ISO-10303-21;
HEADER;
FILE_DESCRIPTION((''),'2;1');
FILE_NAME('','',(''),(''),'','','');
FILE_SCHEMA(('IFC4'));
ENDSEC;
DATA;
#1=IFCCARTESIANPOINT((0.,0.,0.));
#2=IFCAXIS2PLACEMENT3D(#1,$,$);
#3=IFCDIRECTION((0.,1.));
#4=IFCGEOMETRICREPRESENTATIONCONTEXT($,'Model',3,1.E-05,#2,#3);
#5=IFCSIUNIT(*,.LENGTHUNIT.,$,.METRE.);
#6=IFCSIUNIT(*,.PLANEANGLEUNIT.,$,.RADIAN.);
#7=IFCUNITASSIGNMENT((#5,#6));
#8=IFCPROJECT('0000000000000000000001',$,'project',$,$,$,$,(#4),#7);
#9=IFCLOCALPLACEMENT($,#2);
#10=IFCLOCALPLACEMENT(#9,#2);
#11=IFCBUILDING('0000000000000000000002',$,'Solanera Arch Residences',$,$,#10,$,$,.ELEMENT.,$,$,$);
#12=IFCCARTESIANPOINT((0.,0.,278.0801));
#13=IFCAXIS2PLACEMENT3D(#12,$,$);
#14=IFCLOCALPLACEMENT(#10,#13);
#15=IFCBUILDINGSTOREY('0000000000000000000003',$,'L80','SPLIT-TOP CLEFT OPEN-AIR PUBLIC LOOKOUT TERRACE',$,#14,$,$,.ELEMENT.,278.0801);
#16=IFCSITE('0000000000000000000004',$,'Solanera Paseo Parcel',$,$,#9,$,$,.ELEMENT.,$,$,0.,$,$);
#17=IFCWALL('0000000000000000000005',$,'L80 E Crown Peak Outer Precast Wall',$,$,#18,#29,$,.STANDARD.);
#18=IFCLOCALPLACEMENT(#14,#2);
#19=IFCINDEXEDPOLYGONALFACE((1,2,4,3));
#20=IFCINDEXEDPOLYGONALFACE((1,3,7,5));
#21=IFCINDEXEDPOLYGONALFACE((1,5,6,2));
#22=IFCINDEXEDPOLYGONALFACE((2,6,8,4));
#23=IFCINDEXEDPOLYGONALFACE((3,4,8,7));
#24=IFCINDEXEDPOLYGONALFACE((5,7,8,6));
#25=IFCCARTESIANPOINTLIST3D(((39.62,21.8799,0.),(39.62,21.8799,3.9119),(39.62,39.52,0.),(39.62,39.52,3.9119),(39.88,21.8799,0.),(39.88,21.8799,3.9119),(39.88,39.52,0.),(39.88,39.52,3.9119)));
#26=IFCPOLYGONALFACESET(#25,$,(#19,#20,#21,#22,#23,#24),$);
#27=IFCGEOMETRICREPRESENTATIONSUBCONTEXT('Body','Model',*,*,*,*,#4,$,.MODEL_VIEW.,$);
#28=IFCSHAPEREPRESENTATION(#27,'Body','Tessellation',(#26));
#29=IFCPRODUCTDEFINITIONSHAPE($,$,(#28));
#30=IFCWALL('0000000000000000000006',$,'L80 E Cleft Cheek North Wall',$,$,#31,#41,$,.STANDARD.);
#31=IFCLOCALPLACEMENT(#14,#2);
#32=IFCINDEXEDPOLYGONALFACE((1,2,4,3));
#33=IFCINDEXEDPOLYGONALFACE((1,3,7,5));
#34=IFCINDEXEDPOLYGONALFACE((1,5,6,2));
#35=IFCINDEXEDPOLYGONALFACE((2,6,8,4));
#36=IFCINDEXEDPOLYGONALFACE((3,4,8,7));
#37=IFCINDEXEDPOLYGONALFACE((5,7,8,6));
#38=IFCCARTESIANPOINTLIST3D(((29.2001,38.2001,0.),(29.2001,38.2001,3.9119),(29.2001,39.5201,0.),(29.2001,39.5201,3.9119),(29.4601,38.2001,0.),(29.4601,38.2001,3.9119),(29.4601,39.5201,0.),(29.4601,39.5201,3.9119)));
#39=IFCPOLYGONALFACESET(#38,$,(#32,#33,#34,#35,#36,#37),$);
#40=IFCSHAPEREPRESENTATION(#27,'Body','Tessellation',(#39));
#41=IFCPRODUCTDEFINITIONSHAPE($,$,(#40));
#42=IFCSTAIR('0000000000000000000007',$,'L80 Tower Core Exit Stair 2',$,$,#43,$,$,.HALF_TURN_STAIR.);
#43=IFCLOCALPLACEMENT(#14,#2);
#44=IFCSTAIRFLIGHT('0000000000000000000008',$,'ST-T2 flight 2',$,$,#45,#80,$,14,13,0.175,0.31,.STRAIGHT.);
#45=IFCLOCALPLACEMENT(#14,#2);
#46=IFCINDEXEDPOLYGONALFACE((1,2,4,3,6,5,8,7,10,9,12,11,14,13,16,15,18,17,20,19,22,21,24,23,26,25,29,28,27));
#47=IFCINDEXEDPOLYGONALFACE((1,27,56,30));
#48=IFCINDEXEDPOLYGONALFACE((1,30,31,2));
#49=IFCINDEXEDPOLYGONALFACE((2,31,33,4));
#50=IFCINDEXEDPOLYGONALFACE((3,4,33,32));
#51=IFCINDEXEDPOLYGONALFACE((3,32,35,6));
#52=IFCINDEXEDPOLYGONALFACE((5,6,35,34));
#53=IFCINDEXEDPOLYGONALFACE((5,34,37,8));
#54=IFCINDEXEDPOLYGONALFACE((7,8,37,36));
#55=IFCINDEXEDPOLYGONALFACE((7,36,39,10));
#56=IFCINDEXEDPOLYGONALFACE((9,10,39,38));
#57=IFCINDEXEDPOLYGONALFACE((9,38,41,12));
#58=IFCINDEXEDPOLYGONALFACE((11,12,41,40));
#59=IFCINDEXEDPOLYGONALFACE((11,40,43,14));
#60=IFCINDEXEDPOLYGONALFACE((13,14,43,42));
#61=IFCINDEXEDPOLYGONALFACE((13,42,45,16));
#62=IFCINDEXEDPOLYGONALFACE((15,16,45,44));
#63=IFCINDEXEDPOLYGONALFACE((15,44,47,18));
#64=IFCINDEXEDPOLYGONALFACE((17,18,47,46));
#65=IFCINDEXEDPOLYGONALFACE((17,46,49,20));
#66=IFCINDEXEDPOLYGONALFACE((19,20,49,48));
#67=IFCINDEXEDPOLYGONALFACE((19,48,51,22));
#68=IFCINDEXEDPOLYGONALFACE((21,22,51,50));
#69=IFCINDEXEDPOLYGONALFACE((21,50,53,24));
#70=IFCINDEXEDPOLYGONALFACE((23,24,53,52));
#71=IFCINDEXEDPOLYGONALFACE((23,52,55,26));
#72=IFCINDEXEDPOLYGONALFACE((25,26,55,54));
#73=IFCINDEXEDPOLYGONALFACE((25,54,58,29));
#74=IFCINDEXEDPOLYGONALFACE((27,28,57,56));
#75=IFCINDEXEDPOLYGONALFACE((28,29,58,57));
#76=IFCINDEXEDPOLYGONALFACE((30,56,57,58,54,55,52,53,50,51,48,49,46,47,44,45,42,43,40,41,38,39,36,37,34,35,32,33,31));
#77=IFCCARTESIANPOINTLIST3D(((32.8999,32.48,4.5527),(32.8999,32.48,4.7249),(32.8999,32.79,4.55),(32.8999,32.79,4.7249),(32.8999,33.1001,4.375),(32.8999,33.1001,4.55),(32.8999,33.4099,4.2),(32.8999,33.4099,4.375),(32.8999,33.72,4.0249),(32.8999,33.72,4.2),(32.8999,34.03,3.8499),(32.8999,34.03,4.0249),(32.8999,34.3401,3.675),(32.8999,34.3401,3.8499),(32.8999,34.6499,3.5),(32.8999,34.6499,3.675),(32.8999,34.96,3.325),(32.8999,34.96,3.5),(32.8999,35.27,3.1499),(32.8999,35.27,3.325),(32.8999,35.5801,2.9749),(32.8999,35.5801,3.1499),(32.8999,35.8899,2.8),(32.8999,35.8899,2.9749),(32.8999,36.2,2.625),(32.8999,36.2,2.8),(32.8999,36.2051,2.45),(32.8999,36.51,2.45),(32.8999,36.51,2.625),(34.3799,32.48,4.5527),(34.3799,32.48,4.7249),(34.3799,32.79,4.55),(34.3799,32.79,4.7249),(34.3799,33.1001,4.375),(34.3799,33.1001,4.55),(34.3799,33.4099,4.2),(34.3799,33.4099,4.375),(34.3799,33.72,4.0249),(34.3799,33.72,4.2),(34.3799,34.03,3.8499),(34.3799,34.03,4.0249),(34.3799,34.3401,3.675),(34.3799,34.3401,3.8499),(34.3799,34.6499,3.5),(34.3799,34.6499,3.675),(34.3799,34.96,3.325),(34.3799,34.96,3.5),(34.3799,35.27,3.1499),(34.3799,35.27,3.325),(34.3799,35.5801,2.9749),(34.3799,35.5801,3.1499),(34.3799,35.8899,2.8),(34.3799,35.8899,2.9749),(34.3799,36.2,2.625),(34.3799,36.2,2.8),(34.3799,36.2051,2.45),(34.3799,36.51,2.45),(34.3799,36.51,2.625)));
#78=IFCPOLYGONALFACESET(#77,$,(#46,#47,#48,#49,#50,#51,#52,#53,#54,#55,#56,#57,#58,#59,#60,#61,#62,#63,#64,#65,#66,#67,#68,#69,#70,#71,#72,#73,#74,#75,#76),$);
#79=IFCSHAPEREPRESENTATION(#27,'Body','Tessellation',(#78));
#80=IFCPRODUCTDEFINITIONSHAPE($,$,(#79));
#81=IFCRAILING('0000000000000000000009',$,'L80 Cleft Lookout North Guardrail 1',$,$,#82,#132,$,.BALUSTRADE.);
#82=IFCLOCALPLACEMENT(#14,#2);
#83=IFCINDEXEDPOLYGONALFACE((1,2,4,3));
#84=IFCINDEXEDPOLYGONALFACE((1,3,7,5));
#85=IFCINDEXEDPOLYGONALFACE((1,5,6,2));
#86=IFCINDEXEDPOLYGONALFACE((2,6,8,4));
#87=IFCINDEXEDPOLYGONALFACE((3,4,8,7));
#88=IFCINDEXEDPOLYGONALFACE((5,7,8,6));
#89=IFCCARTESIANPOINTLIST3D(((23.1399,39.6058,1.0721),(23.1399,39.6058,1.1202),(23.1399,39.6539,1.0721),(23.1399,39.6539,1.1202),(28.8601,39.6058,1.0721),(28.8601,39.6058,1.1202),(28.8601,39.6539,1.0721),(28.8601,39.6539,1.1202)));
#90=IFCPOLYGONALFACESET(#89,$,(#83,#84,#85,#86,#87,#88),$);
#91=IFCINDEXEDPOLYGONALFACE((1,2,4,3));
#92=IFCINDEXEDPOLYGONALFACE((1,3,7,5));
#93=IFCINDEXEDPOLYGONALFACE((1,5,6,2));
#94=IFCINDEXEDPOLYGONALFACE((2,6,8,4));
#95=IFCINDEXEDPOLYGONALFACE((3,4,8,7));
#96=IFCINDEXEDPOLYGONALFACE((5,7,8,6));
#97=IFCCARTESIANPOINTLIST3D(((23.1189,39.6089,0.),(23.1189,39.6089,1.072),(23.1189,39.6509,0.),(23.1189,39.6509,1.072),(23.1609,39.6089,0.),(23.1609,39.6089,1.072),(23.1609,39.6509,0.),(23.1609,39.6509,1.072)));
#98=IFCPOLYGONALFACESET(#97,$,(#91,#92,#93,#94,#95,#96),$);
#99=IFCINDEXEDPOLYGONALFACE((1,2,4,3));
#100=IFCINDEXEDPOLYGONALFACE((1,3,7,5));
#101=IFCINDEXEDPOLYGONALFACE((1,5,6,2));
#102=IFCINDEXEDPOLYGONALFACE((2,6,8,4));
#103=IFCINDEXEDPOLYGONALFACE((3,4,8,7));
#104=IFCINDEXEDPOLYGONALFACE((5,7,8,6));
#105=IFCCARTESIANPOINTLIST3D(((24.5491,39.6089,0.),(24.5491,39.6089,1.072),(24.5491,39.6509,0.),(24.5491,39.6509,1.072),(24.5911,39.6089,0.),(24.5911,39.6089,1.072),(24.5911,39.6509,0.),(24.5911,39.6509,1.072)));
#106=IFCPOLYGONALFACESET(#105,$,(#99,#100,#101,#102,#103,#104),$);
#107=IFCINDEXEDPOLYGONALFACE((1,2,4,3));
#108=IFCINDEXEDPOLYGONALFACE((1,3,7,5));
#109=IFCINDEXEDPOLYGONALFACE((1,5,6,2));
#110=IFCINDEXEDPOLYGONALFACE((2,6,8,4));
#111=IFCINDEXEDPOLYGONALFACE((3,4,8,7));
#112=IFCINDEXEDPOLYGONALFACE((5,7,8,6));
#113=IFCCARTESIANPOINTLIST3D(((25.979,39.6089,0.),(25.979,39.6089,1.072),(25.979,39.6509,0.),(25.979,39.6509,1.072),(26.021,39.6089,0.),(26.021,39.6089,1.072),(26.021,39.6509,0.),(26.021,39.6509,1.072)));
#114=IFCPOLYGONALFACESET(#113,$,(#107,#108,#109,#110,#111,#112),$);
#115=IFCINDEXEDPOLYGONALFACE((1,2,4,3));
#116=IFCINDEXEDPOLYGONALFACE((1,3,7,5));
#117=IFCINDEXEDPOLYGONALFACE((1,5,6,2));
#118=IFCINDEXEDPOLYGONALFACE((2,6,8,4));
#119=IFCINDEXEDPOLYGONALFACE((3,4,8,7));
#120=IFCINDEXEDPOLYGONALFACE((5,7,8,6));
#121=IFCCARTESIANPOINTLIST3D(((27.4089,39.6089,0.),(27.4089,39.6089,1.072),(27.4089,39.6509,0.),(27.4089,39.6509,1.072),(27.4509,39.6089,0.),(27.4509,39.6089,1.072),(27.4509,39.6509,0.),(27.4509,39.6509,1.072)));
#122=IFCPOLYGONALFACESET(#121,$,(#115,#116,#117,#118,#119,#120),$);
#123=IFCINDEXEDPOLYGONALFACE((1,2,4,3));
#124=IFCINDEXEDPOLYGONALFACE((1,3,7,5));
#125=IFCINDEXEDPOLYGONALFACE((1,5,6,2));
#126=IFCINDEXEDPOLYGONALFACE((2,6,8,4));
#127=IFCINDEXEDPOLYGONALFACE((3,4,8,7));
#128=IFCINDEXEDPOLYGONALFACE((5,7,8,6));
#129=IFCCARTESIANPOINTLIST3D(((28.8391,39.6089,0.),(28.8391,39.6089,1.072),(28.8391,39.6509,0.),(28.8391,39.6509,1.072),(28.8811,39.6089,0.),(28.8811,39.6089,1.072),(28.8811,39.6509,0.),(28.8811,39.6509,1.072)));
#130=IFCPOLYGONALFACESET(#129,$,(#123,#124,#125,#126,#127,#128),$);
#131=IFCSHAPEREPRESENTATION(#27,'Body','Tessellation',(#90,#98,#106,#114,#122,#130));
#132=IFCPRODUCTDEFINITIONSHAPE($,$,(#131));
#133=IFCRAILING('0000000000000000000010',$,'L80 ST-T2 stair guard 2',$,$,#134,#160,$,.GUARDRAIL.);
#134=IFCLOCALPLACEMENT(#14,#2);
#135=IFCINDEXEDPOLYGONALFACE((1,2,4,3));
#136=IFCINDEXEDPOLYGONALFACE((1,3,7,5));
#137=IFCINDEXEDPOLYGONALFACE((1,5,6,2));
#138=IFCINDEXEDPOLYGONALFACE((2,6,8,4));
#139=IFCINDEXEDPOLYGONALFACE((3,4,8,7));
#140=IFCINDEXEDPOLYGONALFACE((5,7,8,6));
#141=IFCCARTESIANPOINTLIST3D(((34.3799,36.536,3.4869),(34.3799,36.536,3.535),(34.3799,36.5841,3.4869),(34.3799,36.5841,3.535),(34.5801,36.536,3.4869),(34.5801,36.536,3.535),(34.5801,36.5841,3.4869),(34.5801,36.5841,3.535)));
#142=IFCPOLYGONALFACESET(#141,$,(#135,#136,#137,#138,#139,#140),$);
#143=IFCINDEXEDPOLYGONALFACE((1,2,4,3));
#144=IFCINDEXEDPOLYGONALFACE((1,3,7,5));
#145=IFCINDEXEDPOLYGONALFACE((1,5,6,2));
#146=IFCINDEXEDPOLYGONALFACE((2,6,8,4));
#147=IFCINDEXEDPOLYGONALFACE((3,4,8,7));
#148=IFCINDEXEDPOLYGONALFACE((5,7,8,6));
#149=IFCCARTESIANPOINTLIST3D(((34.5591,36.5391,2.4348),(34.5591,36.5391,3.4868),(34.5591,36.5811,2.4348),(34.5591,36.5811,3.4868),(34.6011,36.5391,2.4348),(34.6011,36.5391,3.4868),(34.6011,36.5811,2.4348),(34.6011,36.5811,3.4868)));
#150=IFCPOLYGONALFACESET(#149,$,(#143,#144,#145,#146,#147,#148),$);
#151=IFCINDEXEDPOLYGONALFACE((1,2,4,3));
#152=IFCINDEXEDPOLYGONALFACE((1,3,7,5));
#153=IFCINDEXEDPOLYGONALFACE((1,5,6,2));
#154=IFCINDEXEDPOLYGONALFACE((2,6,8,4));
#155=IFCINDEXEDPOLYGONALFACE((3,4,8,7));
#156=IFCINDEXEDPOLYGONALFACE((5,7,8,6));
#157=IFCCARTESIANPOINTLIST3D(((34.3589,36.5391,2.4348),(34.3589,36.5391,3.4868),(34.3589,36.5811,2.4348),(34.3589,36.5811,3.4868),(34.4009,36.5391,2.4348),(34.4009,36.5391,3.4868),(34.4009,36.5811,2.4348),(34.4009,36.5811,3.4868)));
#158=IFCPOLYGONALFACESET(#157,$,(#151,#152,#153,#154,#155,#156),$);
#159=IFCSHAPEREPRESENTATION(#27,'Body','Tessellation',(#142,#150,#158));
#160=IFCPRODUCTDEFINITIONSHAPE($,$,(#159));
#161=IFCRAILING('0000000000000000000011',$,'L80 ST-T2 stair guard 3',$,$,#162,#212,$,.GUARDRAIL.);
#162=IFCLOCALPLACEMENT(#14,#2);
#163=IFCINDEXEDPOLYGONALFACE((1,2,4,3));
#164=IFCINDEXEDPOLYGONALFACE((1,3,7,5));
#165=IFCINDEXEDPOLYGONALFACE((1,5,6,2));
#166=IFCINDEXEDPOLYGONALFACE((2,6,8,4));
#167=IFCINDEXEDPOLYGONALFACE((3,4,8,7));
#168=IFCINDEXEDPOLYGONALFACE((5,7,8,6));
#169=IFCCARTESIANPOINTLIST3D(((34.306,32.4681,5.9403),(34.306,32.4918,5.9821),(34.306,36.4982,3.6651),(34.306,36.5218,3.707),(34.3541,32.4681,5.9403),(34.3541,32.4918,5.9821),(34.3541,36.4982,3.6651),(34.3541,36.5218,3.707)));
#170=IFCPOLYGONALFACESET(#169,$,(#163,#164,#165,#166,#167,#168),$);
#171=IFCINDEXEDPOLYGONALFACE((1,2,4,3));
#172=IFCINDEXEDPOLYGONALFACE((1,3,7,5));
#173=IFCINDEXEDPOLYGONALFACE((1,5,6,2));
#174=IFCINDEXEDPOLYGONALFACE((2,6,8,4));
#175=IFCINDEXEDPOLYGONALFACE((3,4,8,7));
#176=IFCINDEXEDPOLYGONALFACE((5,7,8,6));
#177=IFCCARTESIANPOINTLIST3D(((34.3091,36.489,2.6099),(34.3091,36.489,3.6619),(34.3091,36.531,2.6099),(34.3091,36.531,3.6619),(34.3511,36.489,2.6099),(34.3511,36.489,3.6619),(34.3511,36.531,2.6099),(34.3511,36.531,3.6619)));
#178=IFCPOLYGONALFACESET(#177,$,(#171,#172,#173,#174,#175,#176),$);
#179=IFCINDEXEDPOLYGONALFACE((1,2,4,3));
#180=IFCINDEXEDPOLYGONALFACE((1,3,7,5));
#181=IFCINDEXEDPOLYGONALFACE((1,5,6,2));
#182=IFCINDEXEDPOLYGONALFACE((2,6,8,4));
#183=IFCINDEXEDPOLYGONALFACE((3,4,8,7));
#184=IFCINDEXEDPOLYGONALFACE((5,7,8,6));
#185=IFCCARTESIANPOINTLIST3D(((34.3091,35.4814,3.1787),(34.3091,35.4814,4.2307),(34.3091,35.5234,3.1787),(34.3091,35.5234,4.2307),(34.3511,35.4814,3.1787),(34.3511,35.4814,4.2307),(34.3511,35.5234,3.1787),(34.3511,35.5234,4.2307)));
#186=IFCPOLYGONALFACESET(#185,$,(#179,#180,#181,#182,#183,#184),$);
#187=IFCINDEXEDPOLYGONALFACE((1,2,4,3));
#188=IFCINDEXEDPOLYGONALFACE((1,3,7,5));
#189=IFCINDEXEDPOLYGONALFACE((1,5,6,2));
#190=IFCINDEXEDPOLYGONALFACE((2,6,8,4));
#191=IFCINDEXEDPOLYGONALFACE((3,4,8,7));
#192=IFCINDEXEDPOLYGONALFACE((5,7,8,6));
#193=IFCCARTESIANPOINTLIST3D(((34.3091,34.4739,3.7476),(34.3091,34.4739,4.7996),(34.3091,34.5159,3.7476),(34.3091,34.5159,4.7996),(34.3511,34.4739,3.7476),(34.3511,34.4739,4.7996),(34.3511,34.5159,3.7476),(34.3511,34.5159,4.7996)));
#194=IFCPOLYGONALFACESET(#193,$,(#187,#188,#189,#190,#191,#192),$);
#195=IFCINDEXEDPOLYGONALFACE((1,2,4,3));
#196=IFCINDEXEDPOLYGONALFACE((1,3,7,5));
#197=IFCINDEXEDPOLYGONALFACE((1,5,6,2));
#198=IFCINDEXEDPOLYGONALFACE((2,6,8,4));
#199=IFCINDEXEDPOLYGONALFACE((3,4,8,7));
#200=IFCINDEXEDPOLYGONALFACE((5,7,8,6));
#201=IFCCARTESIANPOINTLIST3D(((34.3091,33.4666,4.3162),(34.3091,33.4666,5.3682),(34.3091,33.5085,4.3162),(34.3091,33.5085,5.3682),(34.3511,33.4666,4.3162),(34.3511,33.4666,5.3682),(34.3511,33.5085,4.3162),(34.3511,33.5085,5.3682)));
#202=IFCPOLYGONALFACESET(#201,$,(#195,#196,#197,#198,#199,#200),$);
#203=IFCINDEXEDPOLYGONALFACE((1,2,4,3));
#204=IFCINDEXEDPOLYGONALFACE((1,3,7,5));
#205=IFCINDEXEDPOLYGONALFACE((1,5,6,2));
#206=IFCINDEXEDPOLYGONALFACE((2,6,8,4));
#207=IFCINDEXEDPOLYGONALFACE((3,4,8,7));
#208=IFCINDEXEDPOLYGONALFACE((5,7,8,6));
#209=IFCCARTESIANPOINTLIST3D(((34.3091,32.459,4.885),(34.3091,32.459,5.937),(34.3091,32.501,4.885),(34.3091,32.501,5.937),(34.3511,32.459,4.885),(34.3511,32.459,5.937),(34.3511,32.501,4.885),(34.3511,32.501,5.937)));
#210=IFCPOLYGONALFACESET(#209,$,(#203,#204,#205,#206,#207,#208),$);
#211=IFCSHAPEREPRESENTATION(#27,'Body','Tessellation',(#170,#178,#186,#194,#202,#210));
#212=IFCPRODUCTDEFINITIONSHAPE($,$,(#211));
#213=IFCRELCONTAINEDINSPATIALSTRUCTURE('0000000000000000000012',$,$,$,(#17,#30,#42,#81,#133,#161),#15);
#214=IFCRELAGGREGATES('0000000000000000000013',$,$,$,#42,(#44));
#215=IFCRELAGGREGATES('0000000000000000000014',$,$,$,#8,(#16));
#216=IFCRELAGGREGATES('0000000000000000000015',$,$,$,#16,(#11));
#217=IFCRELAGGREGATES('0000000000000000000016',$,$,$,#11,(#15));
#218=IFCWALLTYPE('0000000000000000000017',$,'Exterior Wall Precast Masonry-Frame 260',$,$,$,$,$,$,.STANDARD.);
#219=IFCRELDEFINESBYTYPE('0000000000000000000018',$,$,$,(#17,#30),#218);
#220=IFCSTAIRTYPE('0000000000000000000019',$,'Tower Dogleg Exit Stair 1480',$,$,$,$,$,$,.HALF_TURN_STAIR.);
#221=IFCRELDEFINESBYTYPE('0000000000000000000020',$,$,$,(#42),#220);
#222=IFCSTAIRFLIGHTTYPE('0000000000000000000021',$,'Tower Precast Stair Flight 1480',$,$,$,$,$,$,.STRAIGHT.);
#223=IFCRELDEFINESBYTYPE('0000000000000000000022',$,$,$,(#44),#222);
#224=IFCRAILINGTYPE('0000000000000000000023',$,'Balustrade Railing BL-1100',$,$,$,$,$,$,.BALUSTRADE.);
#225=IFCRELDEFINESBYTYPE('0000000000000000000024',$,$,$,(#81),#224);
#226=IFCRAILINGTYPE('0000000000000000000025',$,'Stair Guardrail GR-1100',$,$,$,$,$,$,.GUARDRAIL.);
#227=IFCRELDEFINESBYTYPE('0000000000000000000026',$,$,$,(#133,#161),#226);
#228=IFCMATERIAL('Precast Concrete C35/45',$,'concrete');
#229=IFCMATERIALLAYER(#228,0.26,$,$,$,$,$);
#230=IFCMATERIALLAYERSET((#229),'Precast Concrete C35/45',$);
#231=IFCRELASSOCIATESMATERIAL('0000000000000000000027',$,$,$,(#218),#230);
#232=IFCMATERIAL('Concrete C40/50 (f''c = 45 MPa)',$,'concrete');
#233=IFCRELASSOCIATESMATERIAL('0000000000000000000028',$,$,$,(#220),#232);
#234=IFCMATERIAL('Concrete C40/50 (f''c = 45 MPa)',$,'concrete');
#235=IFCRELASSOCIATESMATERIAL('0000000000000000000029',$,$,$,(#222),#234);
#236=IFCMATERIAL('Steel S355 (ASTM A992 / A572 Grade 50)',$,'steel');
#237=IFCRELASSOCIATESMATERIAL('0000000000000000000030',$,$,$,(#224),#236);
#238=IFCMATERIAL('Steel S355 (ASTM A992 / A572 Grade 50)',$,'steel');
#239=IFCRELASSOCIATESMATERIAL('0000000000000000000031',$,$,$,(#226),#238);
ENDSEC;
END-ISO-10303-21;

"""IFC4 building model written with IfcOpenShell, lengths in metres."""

from ifc_helpers import new_model, si_unit, direction, frame, frame_2d, origin, origin_2d, place, context, subcontext, project, spatial, polyline, rectangle, outline, extrude, material, layer, layer_set, type_object, element, aggregate, save


model = new_model("IFC4")

# Units and contexts
model_context = context("Model", 3, precision=1e-05, world=origin(), true_north=direction((0.0, 1.0)))
body_context = subcontext(model_context, "Body", "Model", "MODEL_VIEW")
ifc_project = project(units=[si_unit("LENGTHUNIT", "METRE"), si_unit("PLANEANGLEUNIT", "RADIAN")], contexts=[model_context])

# Site, building, storey
site_placement = place(None, origin())
site = spatial("IfcSite", under=ifc_project, at=site_placement, Name="Solanera Paseo Parcel", CompositionType="ELEMENT", RefElevation=0.0)
building_placement = place(site_placement, origin())
building = spatial("IfcBuilding", under=site, at=building_placement, Name="Solanera Arch Residences", CompositionType="ELEMENT")
storey_placement = place(building_placement, frame((0.0, 0.0, 278.0801)))
storey = spatial("IfcBuildingStorey", under=building, at=storey_placement, Name="L80", Description="SPLIT-TOP CLEFT OPEN-AIR PUBLIC LOOKOUT TERRACE", CompositionType="ELEMENT", Elevation=278.0801)

# Walls
ifc_material_1 = material(Name="Precast Concrete C35/45", Category="concrete")
ifc_layer_1 = layer(ifc_material_1, 0.26)
ifc_layer_set_1 = layer_set([ifc_layer_1], Name="Precast Concrete C35/45")
wall_type_1 = type_object("IfcWallType", Name="Exterior Wall Precast Masonry-Frame 260", PredefinedType="STANDARD", material=ifc_layer_set_1)
wall_1_placement = place(storey_placement, frame((39.75, 39.52, 0.0), z_axis=(0.0, 0.0, 1.0), x_axis=(0.0, -1.0, 0.0)))
element("IfcWall", 1, at=wall_1_placement, inside=storey, type_object=wall_type_1, Name="L80 E Crown Peak Outer Precast Wall", PredefinedType="STANDARD", context=body_context, shape_type="SweptSolid", body=[
    extrude(rectangle(XDim=17.6401, YDim=0.26, at=frame_2d((8.8201, 0.0))), origin(), (0.0, 0.0, 1.0), 3.9119),
])
wall_2_placement = place(storey_placement, frame((29.3301, 38.2, 0.0), z_axis=(0.0, 0.0, 1.0), x_axis=(0.0, 1.0, 0.0)))
element("IfcWall", 2, at=wall_2_placement, inside=storey, type_object=wall_type_1, Name="L80 E Cleft Cheek North Wall", PredefinedType="STANDARD", context=body_context, shape_type="SweptSolid", body=[
    extrude(rectangle(XDim=1.3201, YDim=0.26, at=frame_2d((0.6602, 0.0))), origin(), (0.0, 0.0, 1.0), 3.9119),
])

# Stair, stair flight
ifc_material_2 = material(Name="Concrete C40/50 (f'c = 45 MPa)", Category="concrete")
stair_type = type_object("IfcStairType", Name="Tower Dogleg Exit Stair 1480", PredefinedType="HALF_TURN_STAIR", material=ifc_material_2)
stair_placement = place(storey_placement, origin())
stair = element("IfcStair", 3, at=stair_placement, inside=storey, type_object=stair_type, Name="L80 Tower Core Exit Stair 2", PredefinedType="HALF_TURN_STAIR")
ifc_material_3 = material(Name="Concrete C40/50 (f'c = 45 MPa)", Category="concrete")
stair_flight_type = type_object("IfcStairFlightType", Name="Tower Precast Stair Flight 1480", PredefinedType="STRAIGHT", material=ifc_material_3)
stair_flight_placement = place(storey_placement, frame((33.6399, 36.51, 2.45), z_axis=(0.0, 0.0, 1.0), x_axis=(0.0, -1.0, 0.0)))
stair_flight = element("IfcStairFlight", 4, at=stair_flight_placement, type_object=stair_flight_type, Name="ST-T2 flight 2", NumberOfRisers=14, NumberOfTreads=13, PredefinedType="STRAIGHT", RiserHeight=0.175, TreadLength=0.31, context=body_context, shape_type="SweptSolid", body=[
    extrude(outline(polyline([(0.0, 0.0), (0.0, 0.175), (0.3101, 0.175), (0.3101, 0.3501), (0.6201, 0.3501), (0.6201, 0.5249), (0.9299, 0.5249), (0.9299, 0.7), (1.24, 0.7), (1.24, 0.875), (1.55, 0.875), (1.55, 1.05), (1.8601, 1.05), (1.8601, 1.2251), (2.1699, 1.2251), (2.1699, 1.3999), (2.48, 1.3999), (2.48, 1.575), (2.79, 1.575), (2.79, 1.75), (3.1001, 1.75), (3.1001, 1.925), (3.4099, 1.925), (3.4099, 2.1001), (3.72, 2.1001), (3.72, 2.2749), (4.03, 2.2749), (4.03, 2.45), (4.03, 2.1028), (0.3049, 0.0), (0.0, 0.0)])), frame((0.0, 0.74, 0.0), z_axis=(0.0, -1.0, 0.0), x_axis=(1.0, 0.0, 0.0)), (0.0, 0.0, 1.0), 1.48),
])
aggregate(stair, [stair_flight])

# Railings
ifc_material_4 = material(Name="Steel S355 (ASTM A992 / A572 Grade 50)", Category="steel")
railing_type_1 = type_object("IfcRailingType", Name="Balustrade Railing BL-1100", PredefinedType="BALUSTRADE", material=ifc_material_4)
railing_1_placement = place(storey_placement, frame((23.1399, 39.6299, 0.0)))
element("IfcRailing", 5, at=railing_1_placement, inside=storey, type_object=railing_type_1, Name="L80 Cleft Lookout North Guardrail 1", PredefinedType="BALUSTRADE", context=body_context, shape_type="SweptSolid", body=[
    extrude(rectangle(XDim=0.0481, YDim=0.0481, at=origin_2d()), frame((0.0, 0.0, 1.0962), z_axis=(1.0, 0.0, 0.0), x_axis=(0.0, 1.0, 0.0)), (0.0, 0.0, 1.0), 5.7202),
    extrude(rectangle(XDim=0.042, YDim=0.042, at=origin_2d()), origin(), (0.0, 0.0, 1.0), 1.072),
    extrude(rectangle(XDim=0.042, YDim=0.042, at=origin_2d()), frame((1.4302, 0.0, 0.0)), (0.0, 0.0, 1.0), 1.072),
    extrude(rectangle(XDim=0.042, YDim=0.042, at=origin_2d()), frame((2.8601, 0.0, 0.0)), (0.0, 0.0, 1.0), 1.072),
    extrude(rectangle(XDim=0.042, YDim=0.042, at=origin_2d()), frame((4.29, 0.0, 0.0)), (0.0, 0.0, 1.0), 1.072),
    extrude(rectangle(XDim=0.042, YDim=0.042, at=origin_2d()), frame((5.7202, 0.0, 0.0)), (0.0, 0.0, 1.0), 1.072),
])
ifc_material_5 = material(Name="Steel S355 (ASTM A992 / A572 Grade 50)", Category="steel")
railing_type_2 = type_object("IfcRailingType", Name="Stair Guardrail GR-1100", PredefinedType="GUARDRAIL", material=ifc_material_5)
railing_2_placement = place(storey_placement, frame((34.5801, 36.5601, 2.4348)))
element("IfcRailing", 6, at=railing_2_placement, inside=storey, type_object=railing_type_2, Name="L80 ST-T2 stair guard 2", PredefinedType="GUARDRAIL", context=body_context, shape_type="SweptSolid", body=[
    extrude(rectangle(XDim=0.0481, YDim=0.0481, at=origin_2d()), frame((0.0, 0.0, 1.0762), z_axis=(-1.0, 0.0, 0.0), x_axis=(0.0, -1.0, 0.0)), (0.0, 0.0, 1.0), 0.2002),
    extrude(rectangle(XDim=0.042, YDim=0.042, at=origin_2d()), origin(), (0.0, 0.0, 1.0), 1.052),
    extrude(rectangle(XDim=0.042, YDim=0.042, at=origin_2d()), frame((-0.2002, 0.0, 0.0)), (0.0, 0.0, 1.0), 1.052),
])
railing_3_placement = place(storey_placement, frame((34.3301, 36.51, 2.6099)))
element("IfcRailing", 7, at=railing_3_placement, inside=storey, type_object=railing_type_2, Name="L80 ST-T2 stair guard 3", PredefinedType="GUARDRAIL", context=body_context, shape_type="SweptSolid", body=[
    extrude(rectangle(XDim=0.0481, YDim=0.0481, at=origin_2d()), frame((0.0, 0.0, 1.0762), z_axis=(0.0, -0.870812, 0.491616), x_axis=(1.0, 0.0, 0.0)), (0.0, 0.0, 1.0), 4.6279),
    extrude(rectangle(XDim=0.042, YDim=0.042, at=origin_2d()), origin(), (0.0, 0.0, 1.0), 1.052),
    extrude(rectangle(XDim=0.042, YDim=0.042, at=origin_2d()), frame((0.0, -1.0076, 0.5688)), (0.0, 0.0, 1.0), 1.052),
    extrude(rectangle(XDim=0.042, YDim=0.042, at=origin_2d()), frame((0.0, -2.0151, 1.1377)), (0.0, 0.0, 1.0), 1.052),
    extrude(rectangle(XDim=0.042, YDim=0.042, at=origin_2d()), frame((0.0, -3.0225, 1.7063)), (0.0, 0.0, 1.0), 1.052),
    extrude(rectangle(XDim=0.042, YDim=0.042, at=origin_2d()), frame((0.0, -4.03, 2.2751)), (0.0, 0.0, 1.0), 1.052),
])

save(model, "model.ifc")
